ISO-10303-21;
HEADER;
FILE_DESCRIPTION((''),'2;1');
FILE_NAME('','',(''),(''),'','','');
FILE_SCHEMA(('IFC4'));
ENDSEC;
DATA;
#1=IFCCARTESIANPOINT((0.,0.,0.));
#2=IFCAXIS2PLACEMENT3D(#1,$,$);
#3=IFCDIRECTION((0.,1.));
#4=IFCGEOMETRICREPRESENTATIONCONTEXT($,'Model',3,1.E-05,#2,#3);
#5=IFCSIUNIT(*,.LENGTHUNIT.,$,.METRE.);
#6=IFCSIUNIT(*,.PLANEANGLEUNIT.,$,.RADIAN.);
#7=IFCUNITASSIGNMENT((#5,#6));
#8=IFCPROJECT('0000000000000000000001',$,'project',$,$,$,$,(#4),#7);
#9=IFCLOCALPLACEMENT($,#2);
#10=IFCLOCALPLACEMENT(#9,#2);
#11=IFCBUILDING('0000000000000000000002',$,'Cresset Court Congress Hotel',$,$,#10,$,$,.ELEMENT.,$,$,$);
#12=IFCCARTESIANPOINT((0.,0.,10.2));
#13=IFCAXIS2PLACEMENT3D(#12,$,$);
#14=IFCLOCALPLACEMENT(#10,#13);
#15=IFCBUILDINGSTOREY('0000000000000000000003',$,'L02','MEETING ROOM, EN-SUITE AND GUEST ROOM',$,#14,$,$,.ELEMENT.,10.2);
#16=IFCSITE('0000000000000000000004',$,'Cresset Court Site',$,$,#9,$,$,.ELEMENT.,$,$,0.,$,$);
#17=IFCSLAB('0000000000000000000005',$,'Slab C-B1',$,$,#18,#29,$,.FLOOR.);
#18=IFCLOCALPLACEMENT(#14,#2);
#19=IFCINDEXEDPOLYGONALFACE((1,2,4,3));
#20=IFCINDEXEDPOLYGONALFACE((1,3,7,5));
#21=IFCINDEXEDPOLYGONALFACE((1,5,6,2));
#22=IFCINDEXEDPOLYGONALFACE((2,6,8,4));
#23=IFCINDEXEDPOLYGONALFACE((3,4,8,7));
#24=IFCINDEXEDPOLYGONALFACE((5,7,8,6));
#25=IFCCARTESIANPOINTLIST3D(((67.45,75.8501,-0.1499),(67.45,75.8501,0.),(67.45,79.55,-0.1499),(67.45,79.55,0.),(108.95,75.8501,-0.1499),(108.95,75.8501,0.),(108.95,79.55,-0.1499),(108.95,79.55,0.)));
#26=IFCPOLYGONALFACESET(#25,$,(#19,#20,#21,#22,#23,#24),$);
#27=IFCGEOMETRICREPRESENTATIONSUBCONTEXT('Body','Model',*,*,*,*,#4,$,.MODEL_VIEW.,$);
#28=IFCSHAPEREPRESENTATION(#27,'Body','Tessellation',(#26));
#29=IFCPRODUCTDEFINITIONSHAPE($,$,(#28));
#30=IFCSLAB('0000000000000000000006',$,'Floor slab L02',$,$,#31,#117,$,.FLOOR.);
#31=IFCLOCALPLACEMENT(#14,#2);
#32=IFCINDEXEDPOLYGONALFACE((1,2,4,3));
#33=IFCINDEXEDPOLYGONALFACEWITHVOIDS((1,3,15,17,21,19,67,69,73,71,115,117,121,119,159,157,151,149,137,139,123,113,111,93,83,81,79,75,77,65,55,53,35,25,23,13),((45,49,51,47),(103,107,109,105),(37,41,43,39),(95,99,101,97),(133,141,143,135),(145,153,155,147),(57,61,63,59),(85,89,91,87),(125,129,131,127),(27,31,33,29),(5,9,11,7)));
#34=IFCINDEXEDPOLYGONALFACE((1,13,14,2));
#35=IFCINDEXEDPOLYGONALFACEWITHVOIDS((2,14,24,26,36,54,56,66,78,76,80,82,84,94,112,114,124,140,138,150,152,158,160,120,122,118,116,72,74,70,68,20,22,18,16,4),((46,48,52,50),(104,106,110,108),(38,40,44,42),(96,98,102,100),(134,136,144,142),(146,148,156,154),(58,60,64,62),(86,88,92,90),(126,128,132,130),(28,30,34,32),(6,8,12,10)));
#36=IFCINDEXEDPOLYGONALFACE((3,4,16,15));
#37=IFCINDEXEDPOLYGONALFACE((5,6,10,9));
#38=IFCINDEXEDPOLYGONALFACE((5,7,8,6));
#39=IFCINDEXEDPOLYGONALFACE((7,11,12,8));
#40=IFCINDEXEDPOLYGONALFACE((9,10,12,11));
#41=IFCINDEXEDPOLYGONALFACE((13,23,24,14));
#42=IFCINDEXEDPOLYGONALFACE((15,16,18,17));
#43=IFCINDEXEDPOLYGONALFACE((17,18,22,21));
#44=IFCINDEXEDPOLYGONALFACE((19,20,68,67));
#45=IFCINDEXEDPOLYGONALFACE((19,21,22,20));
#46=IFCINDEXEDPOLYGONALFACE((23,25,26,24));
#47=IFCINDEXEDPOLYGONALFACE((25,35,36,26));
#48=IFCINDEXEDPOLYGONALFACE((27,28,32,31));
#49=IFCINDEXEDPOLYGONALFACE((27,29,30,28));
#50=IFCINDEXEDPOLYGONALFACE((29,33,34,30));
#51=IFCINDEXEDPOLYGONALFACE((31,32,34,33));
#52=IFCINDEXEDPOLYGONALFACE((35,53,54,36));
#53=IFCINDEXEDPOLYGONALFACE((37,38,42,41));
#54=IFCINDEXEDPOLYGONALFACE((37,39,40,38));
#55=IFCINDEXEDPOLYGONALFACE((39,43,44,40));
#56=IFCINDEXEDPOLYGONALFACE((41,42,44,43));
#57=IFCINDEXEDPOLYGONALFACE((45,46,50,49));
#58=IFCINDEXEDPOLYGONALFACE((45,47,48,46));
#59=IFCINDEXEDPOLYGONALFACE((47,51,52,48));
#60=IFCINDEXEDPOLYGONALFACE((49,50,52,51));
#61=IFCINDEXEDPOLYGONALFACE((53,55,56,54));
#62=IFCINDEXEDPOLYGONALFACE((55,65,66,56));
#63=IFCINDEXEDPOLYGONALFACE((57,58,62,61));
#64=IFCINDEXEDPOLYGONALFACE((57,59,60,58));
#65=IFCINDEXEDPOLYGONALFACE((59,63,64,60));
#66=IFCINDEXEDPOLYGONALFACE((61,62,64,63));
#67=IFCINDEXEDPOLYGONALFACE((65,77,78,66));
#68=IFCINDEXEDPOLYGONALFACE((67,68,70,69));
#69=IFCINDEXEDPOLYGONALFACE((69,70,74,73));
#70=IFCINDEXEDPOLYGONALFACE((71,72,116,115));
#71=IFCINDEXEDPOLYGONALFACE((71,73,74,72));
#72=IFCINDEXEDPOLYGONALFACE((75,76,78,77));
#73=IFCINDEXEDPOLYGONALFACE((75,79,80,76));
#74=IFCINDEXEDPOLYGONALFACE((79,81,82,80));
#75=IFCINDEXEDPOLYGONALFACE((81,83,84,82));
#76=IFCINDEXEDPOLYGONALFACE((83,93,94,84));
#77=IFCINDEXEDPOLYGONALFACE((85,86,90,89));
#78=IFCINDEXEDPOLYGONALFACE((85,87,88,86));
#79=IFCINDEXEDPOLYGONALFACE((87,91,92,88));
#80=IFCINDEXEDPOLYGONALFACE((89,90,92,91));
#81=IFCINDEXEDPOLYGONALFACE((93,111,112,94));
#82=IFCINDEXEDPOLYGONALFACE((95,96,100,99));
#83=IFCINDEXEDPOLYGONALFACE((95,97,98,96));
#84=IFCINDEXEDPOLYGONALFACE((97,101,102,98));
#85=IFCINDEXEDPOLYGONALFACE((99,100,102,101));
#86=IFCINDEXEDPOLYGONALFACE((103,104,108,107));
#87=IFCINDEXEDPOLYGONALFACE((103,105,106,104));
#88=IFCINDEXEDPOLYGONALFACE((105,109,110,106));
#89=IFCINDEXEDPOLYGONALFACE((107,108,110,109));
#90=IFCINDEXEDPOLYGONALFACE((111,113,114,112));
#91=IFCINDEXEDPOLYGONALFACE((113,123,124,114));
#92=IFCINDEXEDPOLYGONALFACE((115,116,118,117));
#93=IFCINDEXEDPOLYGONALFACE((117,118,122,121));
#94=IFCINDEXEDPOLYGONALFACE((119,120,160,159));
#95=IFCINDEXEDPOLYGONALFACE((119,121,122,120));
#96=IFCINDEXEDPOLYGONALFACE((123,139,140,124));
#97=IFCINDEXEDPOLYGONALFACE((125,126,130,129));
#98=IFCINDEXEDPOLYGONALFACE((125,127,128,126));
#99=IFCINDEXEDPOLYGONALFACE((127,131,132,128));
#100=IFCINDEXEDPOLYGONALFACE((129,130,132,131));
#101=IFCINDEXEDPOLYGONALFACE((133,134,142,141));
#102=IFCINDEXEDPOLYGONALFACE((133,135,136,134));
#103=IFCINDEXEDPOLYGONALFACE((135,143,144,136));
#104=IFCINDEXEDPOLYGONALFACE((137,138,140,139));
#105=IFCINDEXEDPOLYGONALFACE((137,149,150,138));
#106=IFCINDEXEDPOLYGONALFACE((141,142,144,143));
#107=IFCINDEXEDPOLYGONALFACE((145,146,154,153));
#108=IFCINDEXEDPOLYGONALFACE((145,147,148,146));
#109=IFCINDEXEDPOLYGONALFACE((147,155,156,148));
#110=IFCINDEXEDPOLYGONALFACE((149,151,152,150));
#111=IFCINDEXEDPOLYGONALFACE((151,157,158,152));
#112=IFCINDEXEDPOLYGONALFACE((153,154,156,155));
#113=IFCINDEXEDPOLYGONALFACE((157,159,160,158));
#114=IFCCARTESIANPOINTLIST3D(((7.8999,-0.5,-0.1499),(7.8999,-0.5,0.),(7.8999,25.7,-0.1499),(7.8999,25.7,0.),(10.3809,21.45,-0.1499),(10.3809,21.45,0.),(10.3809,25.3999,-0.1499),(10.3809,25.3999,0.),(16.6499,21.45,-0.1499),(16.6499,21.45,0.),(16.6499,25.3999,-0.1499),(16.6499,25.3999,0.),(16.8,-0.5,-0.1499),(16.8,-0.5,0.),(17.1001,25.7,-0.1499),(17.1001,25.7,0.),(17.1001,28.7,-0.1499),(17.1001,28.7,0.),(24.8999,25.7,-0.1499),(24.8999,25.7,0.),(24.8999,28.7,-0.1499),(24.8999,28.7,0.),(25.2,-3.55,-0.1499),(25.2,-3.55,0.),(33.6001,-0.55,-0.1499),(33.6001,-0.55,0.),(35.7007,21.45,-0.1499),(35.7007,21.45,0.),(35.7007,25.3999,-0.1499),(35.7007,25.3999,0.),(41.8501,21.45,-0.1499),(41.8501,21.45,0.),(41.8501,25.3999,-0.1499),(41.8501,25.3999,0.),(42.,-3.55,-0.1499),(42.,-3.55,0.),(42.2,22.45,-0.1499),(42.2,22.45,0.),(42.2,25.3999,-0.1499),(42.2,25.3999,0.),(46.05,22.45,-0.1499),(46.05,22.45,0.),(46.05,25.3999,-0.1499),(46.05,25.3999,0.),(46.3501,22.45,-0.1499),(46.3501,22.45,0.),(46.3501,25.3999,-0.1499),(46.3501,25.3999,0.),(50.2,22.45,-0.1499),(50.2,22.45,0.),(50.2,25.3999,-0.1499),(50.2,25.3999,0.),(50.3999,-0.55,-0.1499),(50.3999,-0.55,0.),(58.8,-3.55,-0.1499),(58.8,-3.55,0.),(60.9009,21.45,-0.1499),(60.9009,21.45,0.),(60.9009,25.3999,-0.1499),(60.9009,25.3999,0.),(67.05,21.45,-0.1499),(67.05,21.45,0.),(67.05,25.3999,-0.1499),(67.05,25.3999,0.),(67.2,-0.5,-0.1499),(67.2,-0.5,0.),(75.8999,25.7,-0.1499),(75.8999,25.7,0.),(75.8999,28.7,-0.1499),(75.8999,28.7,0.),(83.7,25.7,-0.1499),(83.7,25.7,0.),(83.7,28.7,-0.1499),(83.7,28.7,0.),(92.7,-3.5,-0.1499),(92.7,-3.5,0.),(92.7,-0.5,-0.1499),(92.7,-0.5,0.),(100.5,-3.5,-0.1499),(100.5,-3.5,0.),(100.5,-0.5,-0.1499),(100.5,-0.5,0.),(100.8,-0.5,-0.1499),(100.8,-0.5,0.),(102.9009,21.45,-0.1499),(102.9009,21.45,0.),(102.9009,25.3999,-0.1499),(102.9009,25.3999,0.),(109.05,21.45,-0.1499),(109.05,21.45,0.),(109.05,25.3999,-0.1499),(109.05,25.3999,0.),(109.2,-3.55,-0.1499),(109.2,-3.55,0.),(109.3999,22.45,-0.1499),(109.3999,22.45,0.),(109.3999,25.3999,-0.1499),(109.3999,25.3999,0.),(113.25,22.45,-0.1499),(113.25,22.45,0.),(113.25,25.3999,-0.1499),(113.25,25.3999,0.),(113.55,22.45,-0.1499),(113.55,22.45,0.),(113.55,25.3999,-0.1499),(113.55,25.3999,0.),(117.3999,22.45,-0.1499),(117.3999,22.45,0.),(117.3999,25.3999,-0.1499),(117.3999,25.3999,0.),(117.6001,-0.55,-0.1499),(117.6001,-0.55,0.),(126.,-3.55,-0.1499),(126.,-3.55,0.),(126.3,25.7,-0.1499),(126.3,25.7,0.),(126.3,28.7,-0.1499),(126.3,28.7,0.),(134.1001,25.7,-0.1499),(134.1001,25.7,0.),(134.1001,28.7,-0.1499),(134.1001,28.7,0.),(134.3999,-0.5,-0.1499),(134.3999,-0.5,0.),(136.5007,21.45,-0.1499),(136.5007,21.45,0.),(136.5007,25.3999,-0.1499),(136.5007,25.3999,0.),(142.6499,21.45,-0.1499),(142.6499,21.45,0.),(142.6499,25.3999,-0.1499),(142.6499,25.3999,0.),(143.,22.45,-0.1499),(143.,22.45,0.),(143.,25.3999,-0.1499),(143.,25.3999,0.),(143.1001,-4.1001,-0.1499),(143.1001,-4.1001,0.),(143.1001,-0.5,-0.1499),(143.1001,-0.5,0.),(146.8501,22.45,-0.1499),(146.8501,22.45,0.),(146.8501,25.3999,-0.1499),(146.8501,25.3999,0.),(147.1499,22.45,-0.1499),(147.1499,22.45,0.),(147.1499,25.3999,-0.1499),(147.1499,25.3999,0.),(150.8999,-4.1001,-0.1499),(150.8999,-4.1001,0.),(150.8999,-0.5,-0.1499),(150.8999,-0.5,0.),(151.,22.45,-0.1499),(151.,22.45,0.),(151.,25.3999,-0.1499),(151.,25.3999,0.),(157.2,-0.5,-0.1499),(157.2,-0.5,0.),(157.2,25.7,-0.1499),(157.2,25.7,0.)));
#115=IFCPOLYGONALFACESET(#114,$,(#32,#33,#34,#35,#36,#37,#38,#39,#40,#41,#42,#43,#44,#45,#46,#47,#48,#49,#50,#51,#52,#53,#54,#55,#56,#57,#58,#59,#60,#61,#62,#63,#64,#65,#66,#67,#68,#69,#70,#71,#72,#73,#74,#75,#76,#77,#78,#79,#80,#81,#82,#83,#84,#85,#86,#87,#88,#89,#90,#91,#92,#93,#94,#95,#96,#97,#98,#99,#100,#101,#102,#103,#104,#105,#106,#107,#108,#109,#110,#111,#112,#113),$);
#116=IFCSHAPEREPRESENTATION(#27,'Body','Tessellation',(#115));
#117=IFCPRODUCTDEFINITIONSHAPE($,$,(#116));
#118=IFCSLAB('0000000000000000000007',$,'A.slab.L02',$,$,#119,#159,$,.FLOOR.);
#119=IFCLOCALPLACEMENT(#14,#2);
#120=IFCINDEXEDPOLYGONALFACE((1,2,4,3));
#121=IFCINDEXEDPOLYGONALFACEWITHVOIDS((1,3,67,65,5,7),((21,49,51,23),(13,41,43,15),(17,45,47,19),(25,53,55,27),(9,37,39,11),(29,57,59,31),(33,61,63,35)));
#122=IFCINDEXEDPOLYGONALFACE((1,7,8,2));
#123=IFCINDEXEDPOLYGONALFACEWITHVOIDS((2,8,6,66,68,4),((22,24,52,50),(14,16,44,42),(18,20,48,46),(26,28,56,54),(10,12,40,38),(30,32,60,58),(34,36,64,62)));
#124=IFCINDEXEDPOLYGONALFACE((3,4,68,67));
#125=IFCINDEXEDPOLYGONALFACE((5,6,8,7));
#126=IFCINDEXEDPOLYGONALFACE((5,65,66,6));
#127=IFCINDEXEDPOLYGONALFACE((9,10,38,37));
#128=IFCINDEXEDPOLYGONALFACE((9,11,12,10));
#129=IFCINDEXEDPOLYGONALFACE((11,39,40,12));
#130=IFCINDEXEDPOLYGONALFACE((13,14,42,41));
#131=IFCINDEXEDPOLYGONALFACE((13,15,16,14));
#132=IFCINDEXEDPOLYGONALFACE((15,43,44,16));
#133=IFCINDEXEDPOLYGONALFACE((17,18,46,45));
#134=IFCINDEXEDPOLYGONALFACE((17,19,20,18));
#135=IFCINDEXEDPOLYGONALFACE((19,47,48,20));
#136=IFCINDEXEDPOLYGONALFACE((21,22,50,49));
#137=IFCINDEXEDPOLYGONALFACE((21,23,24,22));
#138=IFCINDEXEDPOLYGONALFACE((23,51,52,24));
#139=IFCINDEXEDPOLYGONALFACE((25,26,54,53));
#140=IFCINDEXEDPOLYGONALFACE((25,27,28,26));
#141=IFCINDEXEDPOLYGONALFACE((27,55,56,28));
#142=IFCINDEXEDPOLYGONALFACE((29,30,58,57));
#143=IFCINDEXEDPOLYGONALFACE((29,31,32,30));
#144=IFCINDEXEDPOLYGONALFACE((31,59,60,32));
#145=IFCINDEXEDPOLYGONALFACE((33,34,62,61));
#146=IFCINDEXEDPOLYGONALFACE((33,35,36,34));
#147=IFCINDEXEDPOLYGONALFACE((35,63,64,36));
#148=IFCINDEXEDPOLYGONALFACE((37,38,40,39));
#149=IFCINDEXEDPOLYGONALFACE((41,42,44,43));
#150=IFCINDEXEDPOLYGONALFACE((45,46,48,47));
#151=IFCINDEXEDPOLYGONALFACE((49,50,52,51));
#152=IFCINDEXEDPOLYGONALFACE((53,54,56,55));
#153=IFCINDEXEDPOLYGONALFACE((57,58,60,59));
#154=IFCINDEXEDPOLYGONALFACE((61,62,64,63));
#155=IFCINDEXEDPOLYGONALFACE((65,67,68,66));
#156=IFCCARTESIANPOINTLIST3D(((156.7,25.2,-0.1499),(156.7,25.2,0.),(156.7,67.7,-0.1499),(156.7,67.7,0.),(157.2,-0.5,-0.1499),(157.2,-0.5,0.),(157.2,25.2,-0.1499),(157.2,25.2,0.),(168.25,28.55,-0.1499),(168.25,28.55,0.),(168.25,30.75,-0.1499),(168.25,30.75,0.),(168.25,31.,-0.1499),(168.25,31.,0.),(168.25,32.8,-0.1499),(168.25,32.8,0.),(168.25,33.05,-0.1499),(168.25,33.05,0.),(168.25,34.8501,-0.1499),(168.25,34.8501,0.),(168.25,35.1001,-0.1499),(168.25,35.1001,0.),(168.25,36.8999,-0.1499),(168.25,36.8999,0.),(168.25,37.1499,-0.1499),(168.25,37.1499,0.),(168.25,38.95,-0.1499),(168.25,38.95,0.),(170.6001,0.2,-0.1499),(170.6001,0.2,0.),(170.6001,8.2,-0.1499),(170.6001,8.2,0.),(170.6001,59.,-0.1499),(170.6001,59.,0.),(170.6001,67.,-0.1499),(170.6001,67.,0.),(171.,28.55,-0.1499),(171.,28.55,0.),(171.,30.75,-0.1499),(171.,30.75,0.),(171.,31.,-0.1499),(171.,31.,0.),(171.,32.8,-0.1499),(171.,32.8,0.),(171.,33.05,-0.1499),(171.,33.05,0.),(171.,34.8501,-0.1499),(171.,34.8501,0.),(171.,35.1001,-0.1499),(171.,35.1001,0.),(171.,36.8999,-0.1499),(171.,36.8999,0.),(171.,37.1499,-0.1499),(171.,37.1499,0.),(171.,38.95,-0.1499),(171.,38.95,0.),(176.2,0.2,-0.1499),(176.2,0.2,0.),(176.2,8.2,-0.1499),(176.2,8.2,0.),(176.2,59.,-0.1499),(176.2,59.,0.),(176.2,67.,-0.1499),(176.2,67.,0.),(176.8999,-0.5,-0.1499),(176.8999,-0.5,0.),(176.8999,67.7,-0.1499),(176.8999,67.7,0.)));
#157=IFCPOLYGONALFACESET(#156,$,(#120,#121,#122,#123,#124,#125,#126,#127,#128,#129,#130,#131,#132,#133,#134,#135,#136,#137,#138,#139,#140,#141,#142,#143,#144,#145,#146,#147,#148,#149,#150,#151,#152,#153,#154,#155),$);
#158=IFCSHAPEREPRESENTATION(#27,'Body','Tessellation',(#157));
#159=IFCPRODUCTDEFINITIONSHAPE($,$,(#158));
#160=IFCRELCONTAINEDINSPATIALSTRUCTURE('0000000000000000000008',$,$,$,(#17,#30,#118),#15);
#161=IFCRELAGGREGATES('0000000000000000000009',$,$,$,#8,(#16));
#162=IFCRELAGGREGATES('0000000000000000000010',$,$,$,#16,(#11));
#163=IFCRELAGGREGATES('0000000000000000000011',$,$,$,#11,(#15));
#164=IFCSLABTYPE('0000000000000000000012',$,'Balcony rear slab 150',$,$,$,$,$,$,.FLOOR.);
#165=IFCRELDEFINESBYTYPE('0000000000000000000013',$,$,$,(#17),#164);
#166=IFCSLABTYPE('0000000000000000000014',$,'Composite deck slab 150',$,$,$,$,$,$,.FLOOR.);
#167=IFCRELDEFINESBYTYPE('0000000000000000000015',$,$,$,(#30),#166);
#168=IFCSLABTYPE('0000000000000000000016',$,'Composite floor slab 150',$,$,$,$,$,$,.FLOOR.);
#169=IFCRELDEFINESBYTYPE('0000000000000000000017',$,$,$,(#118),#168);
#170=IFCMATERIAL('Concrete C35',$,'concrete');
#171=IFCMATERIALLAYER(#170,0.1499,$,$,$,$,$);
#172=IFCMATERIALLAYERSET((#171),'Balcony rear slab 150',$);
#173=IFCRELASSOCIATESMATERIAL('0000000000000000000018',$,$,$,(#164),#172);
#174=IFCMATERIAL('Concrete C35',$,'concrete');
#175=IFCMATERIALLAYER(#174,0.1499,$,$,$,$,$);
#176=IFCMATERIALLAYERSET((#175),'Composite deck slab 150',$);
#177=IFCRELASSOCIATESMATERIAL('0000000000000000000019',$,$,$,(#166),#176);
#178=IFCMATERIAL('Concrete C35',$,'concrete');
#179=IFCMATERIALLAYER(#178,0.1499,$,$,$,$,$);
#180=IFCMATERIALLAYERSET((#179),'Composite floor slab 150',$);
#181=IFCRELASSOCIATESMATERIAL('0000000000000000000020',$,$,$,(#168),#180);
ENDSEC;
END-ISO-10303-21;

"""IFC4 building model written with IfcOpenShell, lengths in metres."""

from ifc_helpers import new_model, si_unit, direction, frame, origin, place, context, subcontext, project, spatial, polyline, outline, extrude, material, layer, layer_set, type_object, element, save


model = new_model("IFC4")

# Units and contexts
model_context = context("Model", 3, precision=1e-05, world=origin(), true_north=direction((0.0, 1.0)))
body_context = subcontext(model_context, "Body", "Model", "MODEL_VIEW")
ifc_project = project(units=[si_unit("LENGTHUNIT", "METRE"), si_unit("PLANEANGLEUNIT", "RADIAN")], contexts=[model_context])

# Site, building, storey
site_placement = place(None, origin())
site = spatial("IfcSite", under=ifc_project, at=site_placement, Name="Cresset Court Site", CompositionType="ELEMENT", RefElevation=0.0)
building_placement = place(site_placement, origin())
building = spatial("IfcBuilding", under=site, at=building_placement, Name="Cresset Court Congress Hotel", CompositionType="ELEMENT")
storey_placement = place(building_placement, frame((0.0, 0.0, 10.2)))
storey = spatial("IfcBuildingStorey", under=building, at=storey_placement, Name="L02", Description="MEETING ROOM, EN-SUITE AND GUEST ROOM", CompositionType="ELEMENT", Elevation=10.2)

# Slabs
ifc_material_1 = material(Name="Concrete C35", Category="concrete")
ifc_layer_1 = layer(ifc_material_1, 0.1499)
ifc_layer_set_1 = layer_set([ifc_layer_1], Name="Balcony rear slab 150")
slab_type_1 = type_object("IfcSlabType", Name="Balcony rear slab 150", PredefinedType="FLOOR", material=ifc_layer_set_1)
slab_1_placement = place(storey_placement, frame((0.0, 0.0, -0.1499)))
element("IfcSlab", 1, at=slab_1_placement, inside=storey, type_object=slab_type_1, Name="Slab C-B1", PredefinedType="FLOOR", context=body_context, shape_type="SweptSolid", body=[
    extrude(outline(polyline([(108.95, 75.8501), (108.95, 79.55), (67.45, 79.55), (67.45, 75.8501), (108.95, 75.8501)])), origin(), (0.0, 0.0, 1.0), 0.1499),
])
ifc_material_2 = material(Name="Concrete C35", Category="concrete")
ifc_layer_2 = layer(ifc_material_2, 0.1499)
ifc_layer_set_2 = layer_set([ifc_layer_2], Name="Composite deck slab 150")
slab_type_2 = type_object("IfcSlabType", Name="Composite deck slab 150", PredefinedType="FLOOR", material=ifc_layer_set_2)
slab_2_placement = place(storey_placement, frame((0.0, 0.0, -0.1499)))
element("IfcSlab", 2, at=slab_2_placement, inside=storey, type_object=slab_type_2, Name="Floor slab L02", PredefinedType="FLOOR", context=body_context, shape_type="SweptSolid", body=[
    extrude(outline(polyline([(143.1001, -0.5), (134.3999, -0.5), (126.0, -3.55), (117.6001, -0.55), (109.2, -3.55), (100.8, -0.5), (100.5, -0.5), (100.5, -3.5), (92.7, -3.5), (92.7, -0.5), (67.2, -0.5), (58.8, -3.55), (50.3999, -0.55), (42.0, -3.55), (33.6001, -0.55), (25.2, -3.55), (16.8, -0.5), (7.8999, -0.5), (7.8999, 25.7), (17.1001, 25.7), (17.1001, 28.7), (24.8999, 28.7), (24.8999, 25.7), (75.8999, 25.7), (75.8999, 28.7), (83.7, 28.7), (83.7, 25.7), (126.3, 25.7), (126.3, 28.7), (134.1001, 28.7), (134.1001, 25.7), (157.2, 25.7), (157.2, -0.5), (150.8999, -0.5), (150.8999, -4.1001), (143.1001, -4.1001), (143.1001, -0.5)]), holes=[polyline([(10.3809, 21.45), (16.6499, 21.45), (16.6499, 25.3999), (10.3809, 25.3999), (10.3809, 21.45)]), polyline([(35.7007, 21.45), (41.8501, 21.45), (41.8501, 25.3999), (35.7007, 25.3999), (35.7007, 21.45)]), polyline([(60.9009, 21.45), (67.05, 21.45), (67.05, 25.3999), (60.9009, 25.3999), (60.9009, 21.45)]), polyline([(102.9009, 21.45), (109.05, 21.45), (109.05, 25.3999), (102.9009, 25.3999), (102.9009, 21.45)]), polyline([(136.5007, 21.45), (142.6499, 21.45), (142.6499, 25.3999), (136.5007, 25.3999), (136.5007, 21.45)]), polyline([(42.2, 22.45), (46.05, 22.45), (46.05, 25.3999), (42.2, 25.3999), (42.2, 22.45)]), polyline([(46.3501, 22.45), (50.2, 22.45), (50.2, 25.3999), (46.3501, 25.3999), (46.3501, 22.45)]), polyline([(109.3999, 22.45), (113.25, 22.45), (113.25, 25.3999), (109.3999, 25.3999), (109.3999, 22.45)]), polyline([(113.55, 22.45), (117.3999, 22.45), (117.3999, 25.3999), (113.55, 25.3999), (113.55, 22.45)]), polyline([(143.0, 22.45), (146.8501, 22.45), (146.8501, 25.3999), (143.0, 25.3999), (143.0, 22.45)]), polyline([(147.1499, 22.45), (151.0, 22.45), (151.0, 25.3999), (147.1499, 25.3999), (147.1499, 22.45)])]), origin(), (0.0, 0.0, 1.0), 0.1499),
])
ifc_material_3 = material(Name="Concrete C35", Category="concrete")
ifc_layer_3 = layer(ifc_material_3, 0.1499)
ifc_layer_set_3 = layer_set([ifc_layer_3], Name="Composite floor slab 150")
slab_type_3 = type_object("IfcSlabType", Name="Composite floor slab 150", PredefinedType="FLOOR", material=ifc_layer_set_3)
slab_3_placement = place(storey_placement, frame((0.0, 0.0, -0.1499)))
element("IfcSlab", 3, at=slab_3_placement, inside=storey, type_object=slab_type_3, Name="A.slab.L02", PredefinedType="FLOOR", context=body_context, shape_type="SweptSolid", body=[
    extrude(outline(polyline([(157.2, -0.5), (176.8999, -0.5), (176.8999, 67.7), (156.7, 67.7), (156.7, 25.2), (157.2, 25.2), (157.2, -0.5)]), holes=[polyline([(170.6001, 0.2), (176.2, 0.2), (176.2, 8.2), (170.6001, 8.2), (170.6001, 0.2)]), polyline([(170.6001, 59.0), (176.2, 59.0), (176.2, 67.0), (170.6001, 67.0), (170.6001, 59.0)]), polyline([(168.25, 28.55), (171.0, 28.55), (171.0, 30.75), (168.25, 30.75), (168.25, 28.55)]), polyline([(168.25, 31.0), (171.0, 31.0), (171.0, 32.8), (168.25, 32.8), (168.25, 31.0)]), polyline([(168.25, 33.05), (171.0, 33.05), (171.0, 34.8501), (168.25, 34.8501), (168.25, 33.05)]), polyline([(168.25, 35.1001), (171.0, 35.1001), (171.0, 36.8999), (168.25, 36.8999), (168.25, 35.1001)]), polyline([(168.25, 37.1499), (171.0, 37.1499), (171.0, 38.95), (168.25, 38.95), (168.25, 37.1499)])]), origin(), (0.0, 0.0, 1.0), 0.1499),
])

save(model, "model.ifc")
